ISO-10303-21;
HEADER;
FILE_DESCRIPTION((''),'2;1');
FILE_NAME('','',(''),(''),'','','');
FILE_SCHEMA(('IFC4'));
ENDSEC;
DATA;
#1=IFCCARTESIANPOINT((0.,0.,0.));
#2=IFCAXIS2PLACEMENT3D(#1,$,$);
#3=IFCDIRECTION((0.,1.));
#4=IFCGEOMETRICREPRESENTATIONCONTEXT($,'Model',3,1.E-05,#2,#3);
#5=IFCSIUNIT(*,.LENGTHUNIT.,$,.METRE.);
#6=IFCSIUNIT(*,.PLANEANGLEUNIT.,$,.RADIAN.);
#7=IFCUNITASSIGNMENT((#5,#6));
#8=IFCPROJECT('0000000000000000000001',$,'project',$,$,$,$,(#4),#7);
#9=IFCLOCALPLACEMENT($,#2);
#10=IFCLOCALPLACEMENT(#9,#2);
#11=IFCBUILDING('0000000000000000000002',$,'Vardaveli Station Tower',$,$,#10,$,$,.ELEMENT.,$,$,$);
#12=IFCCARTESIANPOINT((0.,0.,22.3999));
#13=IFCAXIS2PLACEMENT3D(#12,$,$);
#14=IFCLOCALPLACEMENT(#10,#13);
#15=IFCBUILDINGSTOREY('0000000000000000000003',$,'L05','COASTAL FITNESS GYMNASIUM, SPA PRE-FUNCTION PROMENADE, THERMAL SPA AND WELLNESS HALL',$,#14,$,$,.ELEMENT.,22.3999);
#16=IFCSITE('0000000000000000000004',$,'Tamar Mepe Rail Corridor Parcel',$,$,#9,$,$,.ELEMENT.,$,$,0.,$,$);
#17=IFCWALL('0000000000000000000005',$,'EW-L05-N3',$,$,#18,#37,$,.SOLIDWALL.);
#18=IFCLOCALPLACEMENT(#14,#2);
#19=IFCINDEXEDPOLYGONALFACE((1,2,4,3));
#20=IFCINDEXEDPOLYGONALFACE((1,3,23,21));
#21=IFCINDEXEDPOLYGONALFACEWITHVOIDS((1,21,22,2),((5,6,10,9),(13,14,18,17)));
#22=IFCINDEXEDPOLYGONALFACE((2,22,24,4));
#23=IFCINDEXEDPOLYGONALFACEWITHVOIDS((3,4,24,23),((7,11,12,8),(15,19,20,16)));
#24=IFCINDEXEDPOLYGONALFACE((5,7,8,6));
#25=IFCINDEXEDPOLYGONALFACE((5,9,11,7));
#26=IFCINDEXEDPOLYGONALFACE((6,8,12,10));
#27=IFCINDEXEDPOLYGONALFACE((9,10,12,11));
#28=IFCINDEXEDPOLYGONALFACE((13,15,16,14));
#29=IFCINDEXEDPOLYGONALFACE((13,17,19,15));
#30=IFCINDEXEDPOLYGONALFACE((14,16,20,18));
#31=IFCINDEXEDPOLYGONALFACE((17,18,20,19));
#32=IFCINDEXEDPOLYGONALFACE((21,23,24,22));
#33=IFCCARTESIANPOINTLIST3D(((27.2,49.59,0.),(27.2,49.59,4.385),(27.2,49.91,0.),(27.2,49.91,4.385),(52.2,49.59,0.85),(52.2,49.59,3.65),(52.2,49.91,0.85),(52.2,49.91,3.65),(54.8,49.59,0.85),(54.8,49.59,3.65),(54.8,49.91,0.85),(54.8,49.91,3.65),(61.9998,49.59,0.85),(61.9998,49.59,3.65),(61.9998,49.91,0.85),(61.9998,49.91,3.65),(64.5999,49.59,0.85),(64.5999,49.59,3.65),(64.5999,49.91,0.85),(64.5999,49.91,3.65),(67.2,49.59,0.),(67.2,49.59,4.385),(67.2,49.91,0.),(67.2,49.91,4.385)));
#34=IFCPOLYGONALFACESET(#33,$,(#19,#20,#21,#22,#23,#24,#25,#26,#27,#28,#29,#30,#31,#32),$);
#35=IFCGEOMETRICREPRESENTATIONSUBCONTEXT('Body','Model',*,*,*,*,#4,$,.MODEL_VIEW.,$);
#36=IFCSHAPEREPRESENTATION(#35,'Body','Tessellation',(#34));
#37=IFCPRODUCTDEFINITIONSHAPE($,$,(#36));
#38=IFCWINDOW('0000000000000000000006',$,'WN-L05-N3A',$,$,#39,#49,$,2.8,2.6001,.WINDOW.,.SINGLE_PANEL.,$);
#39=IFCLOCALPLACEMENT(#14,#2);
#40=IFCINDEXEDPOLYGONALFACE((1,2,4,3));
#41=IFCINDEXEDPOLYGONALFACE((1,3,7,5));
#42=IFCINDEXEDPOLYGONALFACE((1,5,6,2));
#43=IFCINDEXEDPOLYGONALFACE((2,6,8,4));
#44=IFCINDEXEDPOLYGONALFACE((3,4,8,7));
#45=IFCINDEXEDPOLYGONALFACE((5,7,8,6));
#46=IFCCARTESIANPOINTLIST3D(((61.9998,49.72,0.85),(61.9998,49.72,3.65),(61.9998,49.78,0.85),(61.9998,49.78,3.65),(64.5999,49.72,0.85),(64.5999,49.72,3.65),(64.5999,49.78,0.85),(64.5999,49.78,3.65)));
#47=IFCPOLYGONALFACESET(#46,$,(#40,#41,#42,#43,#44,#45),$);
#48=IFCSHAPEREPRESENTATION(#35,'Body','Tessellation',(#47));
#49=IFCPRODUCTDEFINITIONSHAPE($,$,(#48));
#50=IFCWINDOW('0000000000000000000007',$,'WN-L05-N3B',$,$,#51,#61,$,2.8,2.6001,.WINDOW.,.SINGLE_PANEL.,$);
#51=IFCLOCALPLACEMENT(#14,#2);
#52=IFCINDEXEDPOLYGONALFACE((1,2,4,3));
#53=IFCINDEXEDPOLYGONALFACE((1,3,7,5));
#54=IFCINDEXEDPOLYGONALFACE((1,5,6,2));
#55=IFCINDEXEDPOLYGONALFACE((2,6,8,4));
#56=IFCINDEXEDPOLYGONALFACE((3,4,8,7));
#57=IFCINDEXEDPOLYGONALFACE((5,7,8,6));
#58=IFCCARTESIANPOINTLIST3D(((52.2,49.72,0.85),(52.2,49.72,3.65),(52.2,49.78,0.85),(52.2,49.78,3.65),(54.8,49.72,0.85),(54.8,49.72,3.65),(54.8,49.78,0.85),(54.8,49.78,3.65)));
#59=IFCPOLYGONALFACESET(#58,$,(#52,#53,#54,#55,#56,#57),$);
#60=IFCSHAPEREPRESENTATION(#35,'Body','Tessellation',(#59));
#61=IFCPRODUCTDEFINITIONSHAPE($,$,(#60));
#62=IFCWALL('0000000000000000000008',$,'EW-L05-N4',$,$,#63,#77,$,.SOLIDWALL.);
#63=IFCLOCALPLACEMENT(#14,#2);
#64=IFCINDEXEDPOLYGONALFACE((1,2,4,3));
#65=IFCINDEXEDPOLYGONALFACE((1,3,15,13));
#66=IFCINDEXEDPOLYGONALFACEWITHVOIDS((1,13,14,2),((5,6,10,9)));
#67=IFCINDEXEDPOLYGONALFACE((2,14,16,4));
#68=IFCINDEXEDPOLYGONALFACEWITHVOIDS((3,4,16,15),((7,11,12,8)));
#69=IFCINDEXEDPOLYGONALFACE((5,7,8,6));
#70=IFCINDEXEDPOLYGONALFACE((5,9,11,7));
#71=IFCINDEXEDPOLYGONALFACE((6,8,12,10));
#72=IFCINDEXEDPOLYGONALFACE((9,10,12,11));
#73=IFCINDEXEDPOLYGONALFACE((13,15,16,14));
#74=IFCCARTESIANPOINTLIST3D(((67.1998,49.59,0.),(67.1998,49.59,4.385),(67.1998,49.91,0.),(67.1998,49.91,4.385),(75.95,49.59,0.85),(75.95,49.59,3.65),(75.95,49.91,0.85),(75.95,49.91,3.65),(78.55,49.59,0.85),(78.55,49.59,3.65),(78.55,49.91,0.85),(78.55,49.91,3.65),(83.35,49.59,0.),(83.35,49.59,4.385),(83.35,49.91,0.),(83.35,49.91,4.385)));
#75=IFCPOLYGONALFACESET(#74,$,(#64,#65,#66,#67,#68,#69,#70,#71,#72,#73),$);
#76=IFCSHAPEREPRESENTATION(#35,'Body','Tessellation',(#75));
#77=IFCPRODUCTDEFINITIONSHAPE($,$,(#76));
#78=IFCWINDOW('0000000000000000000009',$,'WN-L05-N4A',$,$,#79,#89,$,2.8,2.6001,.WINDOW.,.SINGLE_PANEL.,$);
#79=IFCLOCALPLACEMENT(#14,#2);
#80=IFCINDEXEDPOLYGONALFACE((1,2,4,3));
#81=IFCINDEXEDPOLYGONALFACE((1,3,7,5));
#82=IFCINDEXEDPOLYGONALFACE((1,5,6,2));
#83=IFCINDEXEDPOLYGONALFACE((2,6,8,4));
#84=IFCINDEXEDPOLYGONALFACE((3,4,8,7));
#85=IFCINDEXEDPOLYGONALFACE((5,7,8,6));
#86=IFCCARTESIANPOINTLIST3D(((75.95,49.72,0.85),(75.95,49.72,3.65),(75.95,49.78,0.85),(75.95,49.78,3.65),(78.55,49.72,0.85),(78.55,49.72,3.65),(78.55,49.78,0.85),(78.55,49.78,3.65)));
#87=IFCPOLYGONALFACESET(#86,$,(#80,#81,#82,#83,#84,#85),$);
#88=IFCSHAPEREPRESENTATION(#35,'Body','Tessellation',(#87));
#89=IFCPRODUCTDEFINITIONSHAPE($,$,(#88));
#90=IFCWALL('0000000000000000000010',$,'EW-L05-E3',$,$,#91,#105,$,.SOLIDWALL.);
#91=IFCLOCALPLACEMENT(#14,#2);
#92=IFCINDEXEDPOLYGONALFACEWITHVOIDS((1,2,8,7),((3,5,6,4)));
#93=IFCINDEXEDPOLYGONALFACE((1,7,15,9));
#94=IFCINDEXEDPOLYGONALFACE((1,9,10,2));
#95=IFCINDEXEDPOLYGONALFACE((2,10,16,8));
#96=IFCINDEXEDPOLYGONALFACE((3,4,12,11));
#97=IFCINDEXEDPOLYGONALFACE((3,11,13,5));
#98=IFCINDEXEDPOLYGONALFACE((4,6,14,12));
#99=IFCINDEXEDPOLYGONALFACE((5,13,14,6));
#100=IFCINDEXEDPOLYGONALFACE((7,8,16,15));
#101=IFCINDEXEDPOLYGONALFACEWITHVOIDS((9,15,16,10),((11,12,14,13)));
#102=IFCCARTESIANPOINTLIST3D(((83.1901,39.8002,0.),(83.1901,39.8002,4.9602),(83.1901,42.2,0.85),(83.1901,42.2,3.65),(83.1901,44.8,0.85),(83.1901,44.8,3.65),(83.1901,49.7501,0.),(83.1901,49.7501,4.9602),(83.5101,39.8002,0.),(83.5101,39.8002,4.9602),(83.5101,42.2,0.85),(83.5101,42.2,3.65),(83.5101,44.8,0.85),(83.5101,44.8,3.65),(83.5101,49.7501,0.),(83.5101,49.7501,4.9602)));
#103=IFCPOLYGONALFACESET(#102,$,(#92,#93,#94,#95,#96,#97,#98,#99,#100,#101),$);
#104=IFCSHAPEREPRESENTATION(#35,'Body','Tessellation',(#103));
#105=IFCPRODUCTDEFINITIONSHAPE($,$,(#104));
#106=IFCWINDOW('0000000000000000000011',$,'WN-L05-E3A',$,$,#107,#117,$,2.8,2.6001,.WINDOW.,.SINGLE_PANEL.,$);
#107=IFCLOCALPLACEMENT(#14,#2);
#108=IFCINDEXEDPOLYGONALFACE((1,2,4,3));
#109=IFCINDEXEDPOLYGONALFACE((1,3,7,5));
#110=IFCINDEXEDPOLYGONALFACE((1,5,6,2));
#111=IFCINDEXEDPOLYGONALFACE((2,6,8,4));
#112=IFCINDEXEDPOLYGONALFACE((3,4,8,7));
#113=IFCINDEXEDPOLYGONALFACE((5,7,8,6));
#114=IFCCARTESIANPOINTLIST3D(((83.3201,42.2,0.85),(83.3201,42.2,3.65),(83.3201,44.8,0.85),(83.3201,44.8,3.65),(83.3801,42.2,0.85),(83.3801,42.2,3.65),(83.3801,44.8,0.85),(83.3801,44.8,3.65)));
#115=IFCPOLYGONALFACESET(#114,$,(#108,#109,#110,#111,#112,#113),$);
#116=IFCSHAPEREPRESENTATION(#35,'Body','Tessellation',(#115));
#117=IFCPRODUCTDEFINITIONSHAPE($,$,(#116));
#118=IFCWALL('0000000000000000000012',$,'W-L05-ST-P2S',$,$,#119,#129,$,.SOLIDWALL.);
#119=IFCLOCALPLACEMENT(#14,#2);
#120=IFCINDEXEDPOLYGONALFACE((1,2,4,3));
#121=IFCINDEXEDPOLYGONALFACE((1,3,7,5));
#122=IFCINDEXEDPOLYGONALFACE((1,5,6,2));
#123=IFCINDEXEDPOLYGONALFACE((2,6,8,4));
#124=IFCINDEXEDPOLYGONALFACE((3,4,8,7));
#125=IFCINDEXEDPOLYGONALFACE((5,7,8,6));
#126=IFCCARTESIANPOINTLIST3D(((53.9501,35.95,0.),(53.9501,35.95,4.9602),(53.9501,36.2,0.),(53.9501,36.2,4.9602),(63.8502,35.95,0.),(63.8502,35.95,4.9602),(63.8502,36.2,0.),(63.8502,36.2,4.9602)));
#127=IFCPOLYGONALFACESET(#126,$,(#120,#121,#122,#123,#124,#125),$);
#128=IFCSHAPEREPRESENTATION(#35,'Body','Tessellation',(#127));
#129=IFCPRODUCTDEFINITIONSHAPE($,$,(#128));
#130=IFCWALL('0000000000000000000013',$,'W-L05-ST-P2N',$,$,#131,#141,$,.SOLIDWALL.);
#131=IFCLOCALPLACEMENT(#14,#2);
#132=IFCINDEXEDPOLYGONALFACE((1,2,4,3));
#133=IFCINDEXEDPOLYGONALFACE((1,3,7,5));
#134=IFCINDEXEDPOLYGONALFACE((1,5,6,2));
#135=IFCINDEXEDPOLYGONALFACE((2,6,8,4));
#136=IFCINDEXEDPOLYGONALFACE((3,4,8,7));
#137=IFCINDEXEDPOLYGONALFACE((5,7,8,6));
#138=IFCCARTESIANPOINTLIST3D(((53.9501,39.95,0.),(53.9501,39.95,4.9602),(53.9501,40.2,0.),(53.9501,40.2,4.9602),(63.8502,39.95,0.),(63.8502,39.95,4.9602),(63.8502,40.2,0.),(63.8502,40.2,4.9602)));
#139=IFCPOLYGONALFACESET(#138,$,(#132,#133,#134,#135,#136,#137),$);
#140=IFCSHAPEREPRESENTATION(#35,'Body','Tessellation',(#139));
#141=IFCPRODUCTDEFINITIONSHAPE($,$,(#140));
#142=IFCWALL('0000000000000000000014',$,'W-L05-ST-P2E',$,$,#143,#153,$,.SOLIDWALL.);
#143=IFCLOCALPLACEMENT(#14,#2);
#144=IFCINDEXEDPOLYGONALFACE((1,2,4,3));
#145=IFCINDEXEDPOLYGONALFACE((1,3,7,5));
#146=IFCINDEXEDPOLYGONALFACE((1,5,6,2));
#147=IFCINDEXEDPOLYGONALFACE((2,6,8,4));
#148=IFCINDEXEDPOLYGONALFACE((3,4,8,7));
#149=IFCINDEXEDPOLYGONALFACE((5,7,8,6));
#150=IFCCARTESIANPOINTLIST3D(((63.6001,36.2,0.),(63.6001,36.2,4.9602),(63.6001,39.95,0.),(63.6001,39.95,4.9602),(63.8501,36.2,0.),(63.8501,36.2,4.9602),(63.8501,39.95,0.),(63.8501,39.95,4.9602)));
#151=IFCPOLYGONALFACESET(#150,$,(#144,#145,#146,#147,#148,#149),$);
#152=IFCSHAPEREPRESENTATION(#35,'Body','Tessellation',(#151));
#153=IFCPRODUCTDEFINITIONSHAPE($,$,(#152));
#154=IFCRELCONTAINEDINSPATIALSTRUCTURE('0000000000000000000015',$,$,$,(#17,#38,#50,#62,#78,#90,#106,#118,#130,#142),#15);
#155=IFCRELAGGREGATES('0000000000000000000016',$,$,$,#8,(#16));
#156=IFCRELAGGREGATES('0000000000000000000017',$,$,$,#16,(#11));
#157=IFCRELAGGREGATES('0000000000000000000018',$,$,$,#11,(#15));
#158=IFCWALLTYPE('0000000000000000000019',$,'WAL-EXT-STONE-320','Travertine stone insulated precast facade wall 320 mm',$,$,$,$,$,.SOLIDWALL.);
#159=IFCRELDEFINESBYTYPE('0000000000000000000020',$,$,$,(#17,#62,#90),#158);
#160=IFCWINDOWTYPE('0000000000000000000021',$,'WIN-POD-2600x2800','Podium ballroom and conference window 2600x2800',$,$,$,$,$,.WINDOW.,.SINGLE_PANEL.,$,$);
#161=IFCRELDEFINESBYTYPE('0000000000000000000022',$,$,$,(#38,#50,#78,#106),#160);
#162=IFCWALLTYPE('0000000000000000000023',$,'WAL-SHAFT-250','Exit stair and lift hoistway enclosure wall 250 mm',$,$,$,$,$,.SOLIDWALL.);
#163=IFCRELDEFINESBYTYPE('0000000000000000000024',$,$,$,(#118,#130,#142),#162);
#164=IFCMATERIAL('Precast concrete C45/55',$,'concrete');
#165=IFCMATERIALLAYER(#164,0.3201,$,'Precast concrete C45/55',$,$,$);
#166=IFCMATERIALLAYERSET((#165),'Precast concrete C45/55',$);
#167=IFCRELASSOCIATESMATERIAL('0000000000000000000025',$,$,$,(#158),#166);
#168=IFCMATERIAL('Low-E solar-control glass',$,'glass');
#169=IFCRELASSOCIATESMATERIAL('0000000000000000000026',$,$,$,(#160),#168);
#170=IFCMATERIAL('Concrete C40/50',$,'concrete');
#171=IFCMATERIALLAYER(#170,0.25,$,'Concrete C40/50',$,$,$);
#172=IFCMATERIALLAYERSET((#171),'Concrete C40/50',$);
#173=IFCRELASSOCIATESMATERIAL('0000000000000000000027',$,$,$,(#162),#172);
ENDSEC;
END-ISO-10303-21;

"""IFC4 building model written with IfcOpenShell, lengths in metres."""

from ifc_helpers import new_model, si_unit, direction, frame, frame_2d, origin, place, context, subcontext, project, spatial, rectangle, extrude, source, transform, mapped, material, layer, layer_set, type_object, element, fill, save


model = new_model("IFC4")

# Units and contexts
model_context = context("Model", 3, precision=1e-05, world=origin(), true_north=direction((0.0, 1.0)))
body_context = subcontext(model_context, "Body", "Model", "MODEL_VIEW")
ifc_project = project(units=[si_unit("LENGTHUNIT", "METRE"), si_unit("PLANEANGLEUNIT", "RADIAN")], contexts=[model_context])

# Site, building, storey
site_placement = place(None, origin())
site = spatial("IfcSite", under=ifc_project, at=site_placement, Name="Tamar Mepe Rail Corridor Parcel", CompositionType="ELEMENT", RefElevation=0.0)
building_placement = place(site_placement, origin())
building = spatial("IfcBuilding", under=site, at=building_placement, Name="Vardaveli Station Tower", CompositionType="ELEMENT")
storey_placement = place(building_placement, frame((0.0, 0.0, 22.3999)))
storey = spatial("IfcBuildingStorey", under=building, at=storey_placement, Name="L05", Description="COASTAL FITNESS GYMNASIUM, SPA PRE-FUNCTION PROMENADE, THERMAL SPA AND WELLNESS HALL", CompositionType="ELEMENT", Elevation=22.3999)

# Shared definitions
ifc_material_1 = material(Name="Precast concrete C45/55", Category="concrete")

# Wall, openings, windows
ifc_layer_1 = layer(ifc_material_1, 0.3201, Name="Precast concrete C45/55")
ifc_layer_set_1 = layer_set([ifc_layer_1], Name="Precast concrete C45/55")
wall_type_1 = type_object("IfcWallType", Name="WAL-EXT-STONE-320", Description="Travertine stone insulated precast facade wall 320 mm", PredefinedType="SOLIDWALL", material=ifc_layer_set_1)
shared_shape_1 = source(origin(), body_context, "Body", "SweptSolid", [
    extrude(rectangle(XDim=40.0, YDim=0.3201, at=frame_2d((20.0, 0.0))), origin(), (0.0, 0.0, 1.0), 4.385),
])
wall_1_placement = place(storey_placement, frame((67.2, 49.75, 0.0), z_axis=(0.0, 0.0, 1.0), x_axis=(-1.0, 0.0, 0.0)))
wall_1 = element("IfcWall", 1, at=wall_1_placement, inside=storey, type_object=wall_type_1, Name="EW-L05-N3", PredefinedType="SOLIDWALL", context=body_context, shape_type="MappedRepresentation", body=[
    mapped(shared_shape_1, transform((0.0, 0.0, 0.0), scale=1.0)),
])
shared_shape_2 = source(origin(), body_context, "Body", "SweptSolid", [
    extrude(rectangle(XDim=2.6001, YDim=2.8, at=frame_2d((1.3, 1.3999))), frame((0.0, 0.1699, 0.0), z_axis=(0.0, -1.0, 0.0), x_axis=(1.0, 0.0, 0.0)), (0.0, 0.0, 1.0), 0.3401),
])
opening_1_placement = place(wall_1_placement, frame((2.6001, 0.0, 0.8501)))
opening_1 = element("IfcOpeningElement", 2, at=opening_1_placement, cuts=wall_1, PredefinedType="OPENING", context=body_context, shape_type="MappedRepresentation", body=[
    mapped(shared_shape_2, transform((0.0, 0.0, 0.0), scale=1.0)),
])
opening_2_placement = place(wall_1_placement, frame((12.3999, 0.0, 0.8501)))
opening_2 = element("IfcOpeningElement", 3, at=opening_2_placement, cuts=wall_1, PredefinedType="OPENING", context=body_context, shape_type="MappedRepresentation", body=[
    mapped(shared_shape_2, transform((0.0, 0.0, 0.0), scale=1.0)),
])
ifc_material_2 = material(Name="Low-E solar-control glass", Category="glass")
window_type = type_object("IfcWindowType", Name="WIN-POD-2600x2800", Description="Podium ballroom and conference window 2600x2800", PartitioningType="SINGLE_PANEL", PredefinedType="WINDOW", material=ifc_material_2)
shared_shape_3 = source(origin(), body_context, "Body", "SweptSolid", [
    extrude(rectangle(XDim=2.6001, YDim=2.8, at=frame_2d((1.3, 1.3999))), frame((0.0, 0.03, 0.0), z_axis=(0.0, -1.0, 0.0), x_axis=(1.0, 0.0, 0.0)), (0.0, 0.0, 1.0), 0.0601),
])
window_1_placement = place(opening_1_placement, origin())
window_1 = element("IfcWindow", 4, at=window_1_placement, inside=storey, type_object=window_type, Name="WN-L05-N3A", OverallHeight=2.8, OverallWidth=2.6001, PartitioningType="SINGLE_PANEL", PredefinedType="WINDOW", context=body_context, shape_type="MappedRepresentation", body=[
    mapped(shared_shape_3, transform((0.0, 0.0, 0.0), scale=1.0)),
])
fill(opening_1, window_1)
window_2_placement = place(opening_2_placement, origin())
window_2 = element("IfcWindow", 5, at=window_2_placement, inside=storey, type_object=window_type, Name="WN-L05-N3B", OverallHeight=2.8, OverallWidth=2.6001, PartitioningType="SINGLE_PANEL", PredefinedType="WINDOW", context=body_context, shape_type="MappedRepresentation", body=[
    mapped(shared_shape_3, transform((0.0, 0.0, 0.0), scale=1.0)),
])
fill(opening_2, window_2)

# Walls, openings, windows
shared_shape_4 = source(origin(), body_context, "Body", "SweptSolid", [
    extrude(rectangle(XDim=16.1501, YDim=0.3201, at=frame_2d((8.0752, 0.0))), origin(), (0.0, 0.0, 1.0), 4.385),
])
wall_2_placement = place(storey_placement, frame((83.3501, 49.75, 0.0), z_axis=(0.0, 0.0, 1.0), x_axis=(-1.0, 0.0, 0.0)))
wall_2 = element("IfcWall", 6, at=wall_2_placement, inside=storey, type_object=wall_type_1, Name="EW-L05-N4", PredefinedType="SOLIDWALL", context=body_context, shape_type="MappedRepresentation", body=[
    mapped(shared_shape_4, transform((0.0, 0.0, 0.0), scale=1.0)),
])
opening_3_placement = place(wall_2_placement, frame((4.8, 0.0, 0.8501)))
opening_3 = element("IfcOpeningElement", 7, at=opening_3_placement, cuts=wall_2, PredefinedType="OPENING", context=body_context, shape_type="MappedRepresentation", body=[
    mapped(shared_shape_2, transform((0.0, 0.0, 0.0), scale=1.0)),
])
window_3_placement = place(opening_3_placement, origin())
window_3 = element("IfcWindow", 8, at=window_3_placement, inside=storey, type_object=window_type, Name="WN-L05-N4A", OverallHeight=2.8, OverallWidth=2.6001, PartitioningType="SINGLE_PANEL", PredefinedType="WINDOW", context=body_context, shape_type="MappedRepresentation", body=[
    mapped(shared_shape_3, transform((0.0, 0.0, 0.0), scale=1.0)),
])
fill(opening_3, window_3)
shared_shape_5 = source(origin(), body_context, "Body", "SweptSolid", [
    extrude(rectangle(XDim=9.95, YDim=0.3201, at=frame_2d((4.9751, 0.0))), origin(), (0.0, 0.0, 1.0), 4.9602),
])
wall_3_placement = place(storey_placement, frame((83.3501, 39.8, 0.0), z_axis=(0.0, 0.0, 1.0), x_axis=(0.0, 1.0, 0.0)))
wall_3 = element("IfcWall", 9, at=wall_3_placement, inside=storey, type_object=wall_type_1, Name="EW-L05-E3", PredefinedType="SOLIDWALL", context=body_context, shape_type="MappedRepresentation", body=[
    mapped(shared_shape_5, transform((0.0, 0.0, 0.0), scale=1.0)),
])
opening_4_placement = place(wall_3_placement, frame((2.3999, 0.0, 0.8501)))
opening_4 = element("IfcOpeningElement", 10, at=opening_4_placement, cuts=wall_3, PredefinedType="OPENING", context=body_context, shape_type="MappedRepresentation", body=[
    mapped(shared_shape_2, transform((0.0, 0.0, 0.0), scale=1.0)),
])
window_4_placement = place(opening_4_placement, origin())
window_4 = element("IfcWindow", 11, at=window_4_placement, inside=storey, type_object=window_type, Name="WN-L05-E3A", OverallHeight=2.8, OverallWidth=2.6001, PartitioningType="SINGLE_PANEL", PredefinedType="WINDOW", context=body_context, shape_type="MappedRepresentation", body=[
    mapped(shared_shape_3, transform((0.0, 0.0, 0.0), scale=1.0)),
])
fill(opening_4, window_4)

# Walls
ifc_material_3 = material(Name="Concrete C40/50", Category="concrete")
ifc_layer_2 = layer(ifc_material_3, 0.25, Name="Concrete C40/50")
ifc_layer_set_2 = layer_set([ifc_layer_2], Name="Concrete C40/50")
wall_type_2 = type_object("IfcWallType", Name="WAL-SHAFT-250", Description="Exit stair and lift hoistway enclosure wall 250 mm", PredefinedType="SOLIDWALL", material=ifc_layer_set_2)
shared_shape_6 = source(origin(), body_context, "Body", "SweptSolid", [
    extrude(rectangle(XDim=9.9001, YDim=0.25, at=frame_2d((4.9502, 0.0))), origin(), (0.0, 0.0, 1.0), 4.9602),
])
for number, where, z_axis, x_axis, name in (
    (12, (53.95, 36.075, 0.0), (0.0, 0.0, 1.0), (1.0, 0.0, 0.0), "W-L05-ST-P2S"),
    (13, (53.95, 40.075, 0.0), (0.0, 0.0, 1.0), (1.0, 0.0, 0.0), "W-L05-ST-P2N"),
):
    element("IfcWall", number, at=place(storey_placement, frame(where, z_axis=z_axis, x_axis=x_axis)), inside=storey, type_object=wall_type_2, Name=name, PredefinedType="SOLIDWALL", context=body_context, shape_type="MappedRepresentation", body=[
        mapped(shared_shape_6, transform((0.0, 0.0, 0.0), scale=1.0)),
    ])
shared_shape_7 = source(origin(), body_context, "Body", "SweptSolid", [
    extrude(rectangle(XDim=3.75, YDim=0.25, at=frame_2d((1.875, 0.0))), origin(), (0.0, 0.0, 1.0), 4.9602),
])
wall_4_placement = place(storey_placement, frame((63.7251, 36.2, 0.0), z_axis=(0.0, 0.0, 1.0), x_axis=(0.0, 1.0, 0.0)))
element("IfcWall", 14, at=wall_4_placement, inside=storey, type_object=wall_type_2, Name="W-L05-ST-P2E", PredefinedType="SOLIDWALL", context=body_context, shape_type="MappedRepresentation", body=[
    mapped(shared_shape_7, transform((0.0, 0.0, 0.0), scale=1.0)),
])

save(model, "model.ifc")
